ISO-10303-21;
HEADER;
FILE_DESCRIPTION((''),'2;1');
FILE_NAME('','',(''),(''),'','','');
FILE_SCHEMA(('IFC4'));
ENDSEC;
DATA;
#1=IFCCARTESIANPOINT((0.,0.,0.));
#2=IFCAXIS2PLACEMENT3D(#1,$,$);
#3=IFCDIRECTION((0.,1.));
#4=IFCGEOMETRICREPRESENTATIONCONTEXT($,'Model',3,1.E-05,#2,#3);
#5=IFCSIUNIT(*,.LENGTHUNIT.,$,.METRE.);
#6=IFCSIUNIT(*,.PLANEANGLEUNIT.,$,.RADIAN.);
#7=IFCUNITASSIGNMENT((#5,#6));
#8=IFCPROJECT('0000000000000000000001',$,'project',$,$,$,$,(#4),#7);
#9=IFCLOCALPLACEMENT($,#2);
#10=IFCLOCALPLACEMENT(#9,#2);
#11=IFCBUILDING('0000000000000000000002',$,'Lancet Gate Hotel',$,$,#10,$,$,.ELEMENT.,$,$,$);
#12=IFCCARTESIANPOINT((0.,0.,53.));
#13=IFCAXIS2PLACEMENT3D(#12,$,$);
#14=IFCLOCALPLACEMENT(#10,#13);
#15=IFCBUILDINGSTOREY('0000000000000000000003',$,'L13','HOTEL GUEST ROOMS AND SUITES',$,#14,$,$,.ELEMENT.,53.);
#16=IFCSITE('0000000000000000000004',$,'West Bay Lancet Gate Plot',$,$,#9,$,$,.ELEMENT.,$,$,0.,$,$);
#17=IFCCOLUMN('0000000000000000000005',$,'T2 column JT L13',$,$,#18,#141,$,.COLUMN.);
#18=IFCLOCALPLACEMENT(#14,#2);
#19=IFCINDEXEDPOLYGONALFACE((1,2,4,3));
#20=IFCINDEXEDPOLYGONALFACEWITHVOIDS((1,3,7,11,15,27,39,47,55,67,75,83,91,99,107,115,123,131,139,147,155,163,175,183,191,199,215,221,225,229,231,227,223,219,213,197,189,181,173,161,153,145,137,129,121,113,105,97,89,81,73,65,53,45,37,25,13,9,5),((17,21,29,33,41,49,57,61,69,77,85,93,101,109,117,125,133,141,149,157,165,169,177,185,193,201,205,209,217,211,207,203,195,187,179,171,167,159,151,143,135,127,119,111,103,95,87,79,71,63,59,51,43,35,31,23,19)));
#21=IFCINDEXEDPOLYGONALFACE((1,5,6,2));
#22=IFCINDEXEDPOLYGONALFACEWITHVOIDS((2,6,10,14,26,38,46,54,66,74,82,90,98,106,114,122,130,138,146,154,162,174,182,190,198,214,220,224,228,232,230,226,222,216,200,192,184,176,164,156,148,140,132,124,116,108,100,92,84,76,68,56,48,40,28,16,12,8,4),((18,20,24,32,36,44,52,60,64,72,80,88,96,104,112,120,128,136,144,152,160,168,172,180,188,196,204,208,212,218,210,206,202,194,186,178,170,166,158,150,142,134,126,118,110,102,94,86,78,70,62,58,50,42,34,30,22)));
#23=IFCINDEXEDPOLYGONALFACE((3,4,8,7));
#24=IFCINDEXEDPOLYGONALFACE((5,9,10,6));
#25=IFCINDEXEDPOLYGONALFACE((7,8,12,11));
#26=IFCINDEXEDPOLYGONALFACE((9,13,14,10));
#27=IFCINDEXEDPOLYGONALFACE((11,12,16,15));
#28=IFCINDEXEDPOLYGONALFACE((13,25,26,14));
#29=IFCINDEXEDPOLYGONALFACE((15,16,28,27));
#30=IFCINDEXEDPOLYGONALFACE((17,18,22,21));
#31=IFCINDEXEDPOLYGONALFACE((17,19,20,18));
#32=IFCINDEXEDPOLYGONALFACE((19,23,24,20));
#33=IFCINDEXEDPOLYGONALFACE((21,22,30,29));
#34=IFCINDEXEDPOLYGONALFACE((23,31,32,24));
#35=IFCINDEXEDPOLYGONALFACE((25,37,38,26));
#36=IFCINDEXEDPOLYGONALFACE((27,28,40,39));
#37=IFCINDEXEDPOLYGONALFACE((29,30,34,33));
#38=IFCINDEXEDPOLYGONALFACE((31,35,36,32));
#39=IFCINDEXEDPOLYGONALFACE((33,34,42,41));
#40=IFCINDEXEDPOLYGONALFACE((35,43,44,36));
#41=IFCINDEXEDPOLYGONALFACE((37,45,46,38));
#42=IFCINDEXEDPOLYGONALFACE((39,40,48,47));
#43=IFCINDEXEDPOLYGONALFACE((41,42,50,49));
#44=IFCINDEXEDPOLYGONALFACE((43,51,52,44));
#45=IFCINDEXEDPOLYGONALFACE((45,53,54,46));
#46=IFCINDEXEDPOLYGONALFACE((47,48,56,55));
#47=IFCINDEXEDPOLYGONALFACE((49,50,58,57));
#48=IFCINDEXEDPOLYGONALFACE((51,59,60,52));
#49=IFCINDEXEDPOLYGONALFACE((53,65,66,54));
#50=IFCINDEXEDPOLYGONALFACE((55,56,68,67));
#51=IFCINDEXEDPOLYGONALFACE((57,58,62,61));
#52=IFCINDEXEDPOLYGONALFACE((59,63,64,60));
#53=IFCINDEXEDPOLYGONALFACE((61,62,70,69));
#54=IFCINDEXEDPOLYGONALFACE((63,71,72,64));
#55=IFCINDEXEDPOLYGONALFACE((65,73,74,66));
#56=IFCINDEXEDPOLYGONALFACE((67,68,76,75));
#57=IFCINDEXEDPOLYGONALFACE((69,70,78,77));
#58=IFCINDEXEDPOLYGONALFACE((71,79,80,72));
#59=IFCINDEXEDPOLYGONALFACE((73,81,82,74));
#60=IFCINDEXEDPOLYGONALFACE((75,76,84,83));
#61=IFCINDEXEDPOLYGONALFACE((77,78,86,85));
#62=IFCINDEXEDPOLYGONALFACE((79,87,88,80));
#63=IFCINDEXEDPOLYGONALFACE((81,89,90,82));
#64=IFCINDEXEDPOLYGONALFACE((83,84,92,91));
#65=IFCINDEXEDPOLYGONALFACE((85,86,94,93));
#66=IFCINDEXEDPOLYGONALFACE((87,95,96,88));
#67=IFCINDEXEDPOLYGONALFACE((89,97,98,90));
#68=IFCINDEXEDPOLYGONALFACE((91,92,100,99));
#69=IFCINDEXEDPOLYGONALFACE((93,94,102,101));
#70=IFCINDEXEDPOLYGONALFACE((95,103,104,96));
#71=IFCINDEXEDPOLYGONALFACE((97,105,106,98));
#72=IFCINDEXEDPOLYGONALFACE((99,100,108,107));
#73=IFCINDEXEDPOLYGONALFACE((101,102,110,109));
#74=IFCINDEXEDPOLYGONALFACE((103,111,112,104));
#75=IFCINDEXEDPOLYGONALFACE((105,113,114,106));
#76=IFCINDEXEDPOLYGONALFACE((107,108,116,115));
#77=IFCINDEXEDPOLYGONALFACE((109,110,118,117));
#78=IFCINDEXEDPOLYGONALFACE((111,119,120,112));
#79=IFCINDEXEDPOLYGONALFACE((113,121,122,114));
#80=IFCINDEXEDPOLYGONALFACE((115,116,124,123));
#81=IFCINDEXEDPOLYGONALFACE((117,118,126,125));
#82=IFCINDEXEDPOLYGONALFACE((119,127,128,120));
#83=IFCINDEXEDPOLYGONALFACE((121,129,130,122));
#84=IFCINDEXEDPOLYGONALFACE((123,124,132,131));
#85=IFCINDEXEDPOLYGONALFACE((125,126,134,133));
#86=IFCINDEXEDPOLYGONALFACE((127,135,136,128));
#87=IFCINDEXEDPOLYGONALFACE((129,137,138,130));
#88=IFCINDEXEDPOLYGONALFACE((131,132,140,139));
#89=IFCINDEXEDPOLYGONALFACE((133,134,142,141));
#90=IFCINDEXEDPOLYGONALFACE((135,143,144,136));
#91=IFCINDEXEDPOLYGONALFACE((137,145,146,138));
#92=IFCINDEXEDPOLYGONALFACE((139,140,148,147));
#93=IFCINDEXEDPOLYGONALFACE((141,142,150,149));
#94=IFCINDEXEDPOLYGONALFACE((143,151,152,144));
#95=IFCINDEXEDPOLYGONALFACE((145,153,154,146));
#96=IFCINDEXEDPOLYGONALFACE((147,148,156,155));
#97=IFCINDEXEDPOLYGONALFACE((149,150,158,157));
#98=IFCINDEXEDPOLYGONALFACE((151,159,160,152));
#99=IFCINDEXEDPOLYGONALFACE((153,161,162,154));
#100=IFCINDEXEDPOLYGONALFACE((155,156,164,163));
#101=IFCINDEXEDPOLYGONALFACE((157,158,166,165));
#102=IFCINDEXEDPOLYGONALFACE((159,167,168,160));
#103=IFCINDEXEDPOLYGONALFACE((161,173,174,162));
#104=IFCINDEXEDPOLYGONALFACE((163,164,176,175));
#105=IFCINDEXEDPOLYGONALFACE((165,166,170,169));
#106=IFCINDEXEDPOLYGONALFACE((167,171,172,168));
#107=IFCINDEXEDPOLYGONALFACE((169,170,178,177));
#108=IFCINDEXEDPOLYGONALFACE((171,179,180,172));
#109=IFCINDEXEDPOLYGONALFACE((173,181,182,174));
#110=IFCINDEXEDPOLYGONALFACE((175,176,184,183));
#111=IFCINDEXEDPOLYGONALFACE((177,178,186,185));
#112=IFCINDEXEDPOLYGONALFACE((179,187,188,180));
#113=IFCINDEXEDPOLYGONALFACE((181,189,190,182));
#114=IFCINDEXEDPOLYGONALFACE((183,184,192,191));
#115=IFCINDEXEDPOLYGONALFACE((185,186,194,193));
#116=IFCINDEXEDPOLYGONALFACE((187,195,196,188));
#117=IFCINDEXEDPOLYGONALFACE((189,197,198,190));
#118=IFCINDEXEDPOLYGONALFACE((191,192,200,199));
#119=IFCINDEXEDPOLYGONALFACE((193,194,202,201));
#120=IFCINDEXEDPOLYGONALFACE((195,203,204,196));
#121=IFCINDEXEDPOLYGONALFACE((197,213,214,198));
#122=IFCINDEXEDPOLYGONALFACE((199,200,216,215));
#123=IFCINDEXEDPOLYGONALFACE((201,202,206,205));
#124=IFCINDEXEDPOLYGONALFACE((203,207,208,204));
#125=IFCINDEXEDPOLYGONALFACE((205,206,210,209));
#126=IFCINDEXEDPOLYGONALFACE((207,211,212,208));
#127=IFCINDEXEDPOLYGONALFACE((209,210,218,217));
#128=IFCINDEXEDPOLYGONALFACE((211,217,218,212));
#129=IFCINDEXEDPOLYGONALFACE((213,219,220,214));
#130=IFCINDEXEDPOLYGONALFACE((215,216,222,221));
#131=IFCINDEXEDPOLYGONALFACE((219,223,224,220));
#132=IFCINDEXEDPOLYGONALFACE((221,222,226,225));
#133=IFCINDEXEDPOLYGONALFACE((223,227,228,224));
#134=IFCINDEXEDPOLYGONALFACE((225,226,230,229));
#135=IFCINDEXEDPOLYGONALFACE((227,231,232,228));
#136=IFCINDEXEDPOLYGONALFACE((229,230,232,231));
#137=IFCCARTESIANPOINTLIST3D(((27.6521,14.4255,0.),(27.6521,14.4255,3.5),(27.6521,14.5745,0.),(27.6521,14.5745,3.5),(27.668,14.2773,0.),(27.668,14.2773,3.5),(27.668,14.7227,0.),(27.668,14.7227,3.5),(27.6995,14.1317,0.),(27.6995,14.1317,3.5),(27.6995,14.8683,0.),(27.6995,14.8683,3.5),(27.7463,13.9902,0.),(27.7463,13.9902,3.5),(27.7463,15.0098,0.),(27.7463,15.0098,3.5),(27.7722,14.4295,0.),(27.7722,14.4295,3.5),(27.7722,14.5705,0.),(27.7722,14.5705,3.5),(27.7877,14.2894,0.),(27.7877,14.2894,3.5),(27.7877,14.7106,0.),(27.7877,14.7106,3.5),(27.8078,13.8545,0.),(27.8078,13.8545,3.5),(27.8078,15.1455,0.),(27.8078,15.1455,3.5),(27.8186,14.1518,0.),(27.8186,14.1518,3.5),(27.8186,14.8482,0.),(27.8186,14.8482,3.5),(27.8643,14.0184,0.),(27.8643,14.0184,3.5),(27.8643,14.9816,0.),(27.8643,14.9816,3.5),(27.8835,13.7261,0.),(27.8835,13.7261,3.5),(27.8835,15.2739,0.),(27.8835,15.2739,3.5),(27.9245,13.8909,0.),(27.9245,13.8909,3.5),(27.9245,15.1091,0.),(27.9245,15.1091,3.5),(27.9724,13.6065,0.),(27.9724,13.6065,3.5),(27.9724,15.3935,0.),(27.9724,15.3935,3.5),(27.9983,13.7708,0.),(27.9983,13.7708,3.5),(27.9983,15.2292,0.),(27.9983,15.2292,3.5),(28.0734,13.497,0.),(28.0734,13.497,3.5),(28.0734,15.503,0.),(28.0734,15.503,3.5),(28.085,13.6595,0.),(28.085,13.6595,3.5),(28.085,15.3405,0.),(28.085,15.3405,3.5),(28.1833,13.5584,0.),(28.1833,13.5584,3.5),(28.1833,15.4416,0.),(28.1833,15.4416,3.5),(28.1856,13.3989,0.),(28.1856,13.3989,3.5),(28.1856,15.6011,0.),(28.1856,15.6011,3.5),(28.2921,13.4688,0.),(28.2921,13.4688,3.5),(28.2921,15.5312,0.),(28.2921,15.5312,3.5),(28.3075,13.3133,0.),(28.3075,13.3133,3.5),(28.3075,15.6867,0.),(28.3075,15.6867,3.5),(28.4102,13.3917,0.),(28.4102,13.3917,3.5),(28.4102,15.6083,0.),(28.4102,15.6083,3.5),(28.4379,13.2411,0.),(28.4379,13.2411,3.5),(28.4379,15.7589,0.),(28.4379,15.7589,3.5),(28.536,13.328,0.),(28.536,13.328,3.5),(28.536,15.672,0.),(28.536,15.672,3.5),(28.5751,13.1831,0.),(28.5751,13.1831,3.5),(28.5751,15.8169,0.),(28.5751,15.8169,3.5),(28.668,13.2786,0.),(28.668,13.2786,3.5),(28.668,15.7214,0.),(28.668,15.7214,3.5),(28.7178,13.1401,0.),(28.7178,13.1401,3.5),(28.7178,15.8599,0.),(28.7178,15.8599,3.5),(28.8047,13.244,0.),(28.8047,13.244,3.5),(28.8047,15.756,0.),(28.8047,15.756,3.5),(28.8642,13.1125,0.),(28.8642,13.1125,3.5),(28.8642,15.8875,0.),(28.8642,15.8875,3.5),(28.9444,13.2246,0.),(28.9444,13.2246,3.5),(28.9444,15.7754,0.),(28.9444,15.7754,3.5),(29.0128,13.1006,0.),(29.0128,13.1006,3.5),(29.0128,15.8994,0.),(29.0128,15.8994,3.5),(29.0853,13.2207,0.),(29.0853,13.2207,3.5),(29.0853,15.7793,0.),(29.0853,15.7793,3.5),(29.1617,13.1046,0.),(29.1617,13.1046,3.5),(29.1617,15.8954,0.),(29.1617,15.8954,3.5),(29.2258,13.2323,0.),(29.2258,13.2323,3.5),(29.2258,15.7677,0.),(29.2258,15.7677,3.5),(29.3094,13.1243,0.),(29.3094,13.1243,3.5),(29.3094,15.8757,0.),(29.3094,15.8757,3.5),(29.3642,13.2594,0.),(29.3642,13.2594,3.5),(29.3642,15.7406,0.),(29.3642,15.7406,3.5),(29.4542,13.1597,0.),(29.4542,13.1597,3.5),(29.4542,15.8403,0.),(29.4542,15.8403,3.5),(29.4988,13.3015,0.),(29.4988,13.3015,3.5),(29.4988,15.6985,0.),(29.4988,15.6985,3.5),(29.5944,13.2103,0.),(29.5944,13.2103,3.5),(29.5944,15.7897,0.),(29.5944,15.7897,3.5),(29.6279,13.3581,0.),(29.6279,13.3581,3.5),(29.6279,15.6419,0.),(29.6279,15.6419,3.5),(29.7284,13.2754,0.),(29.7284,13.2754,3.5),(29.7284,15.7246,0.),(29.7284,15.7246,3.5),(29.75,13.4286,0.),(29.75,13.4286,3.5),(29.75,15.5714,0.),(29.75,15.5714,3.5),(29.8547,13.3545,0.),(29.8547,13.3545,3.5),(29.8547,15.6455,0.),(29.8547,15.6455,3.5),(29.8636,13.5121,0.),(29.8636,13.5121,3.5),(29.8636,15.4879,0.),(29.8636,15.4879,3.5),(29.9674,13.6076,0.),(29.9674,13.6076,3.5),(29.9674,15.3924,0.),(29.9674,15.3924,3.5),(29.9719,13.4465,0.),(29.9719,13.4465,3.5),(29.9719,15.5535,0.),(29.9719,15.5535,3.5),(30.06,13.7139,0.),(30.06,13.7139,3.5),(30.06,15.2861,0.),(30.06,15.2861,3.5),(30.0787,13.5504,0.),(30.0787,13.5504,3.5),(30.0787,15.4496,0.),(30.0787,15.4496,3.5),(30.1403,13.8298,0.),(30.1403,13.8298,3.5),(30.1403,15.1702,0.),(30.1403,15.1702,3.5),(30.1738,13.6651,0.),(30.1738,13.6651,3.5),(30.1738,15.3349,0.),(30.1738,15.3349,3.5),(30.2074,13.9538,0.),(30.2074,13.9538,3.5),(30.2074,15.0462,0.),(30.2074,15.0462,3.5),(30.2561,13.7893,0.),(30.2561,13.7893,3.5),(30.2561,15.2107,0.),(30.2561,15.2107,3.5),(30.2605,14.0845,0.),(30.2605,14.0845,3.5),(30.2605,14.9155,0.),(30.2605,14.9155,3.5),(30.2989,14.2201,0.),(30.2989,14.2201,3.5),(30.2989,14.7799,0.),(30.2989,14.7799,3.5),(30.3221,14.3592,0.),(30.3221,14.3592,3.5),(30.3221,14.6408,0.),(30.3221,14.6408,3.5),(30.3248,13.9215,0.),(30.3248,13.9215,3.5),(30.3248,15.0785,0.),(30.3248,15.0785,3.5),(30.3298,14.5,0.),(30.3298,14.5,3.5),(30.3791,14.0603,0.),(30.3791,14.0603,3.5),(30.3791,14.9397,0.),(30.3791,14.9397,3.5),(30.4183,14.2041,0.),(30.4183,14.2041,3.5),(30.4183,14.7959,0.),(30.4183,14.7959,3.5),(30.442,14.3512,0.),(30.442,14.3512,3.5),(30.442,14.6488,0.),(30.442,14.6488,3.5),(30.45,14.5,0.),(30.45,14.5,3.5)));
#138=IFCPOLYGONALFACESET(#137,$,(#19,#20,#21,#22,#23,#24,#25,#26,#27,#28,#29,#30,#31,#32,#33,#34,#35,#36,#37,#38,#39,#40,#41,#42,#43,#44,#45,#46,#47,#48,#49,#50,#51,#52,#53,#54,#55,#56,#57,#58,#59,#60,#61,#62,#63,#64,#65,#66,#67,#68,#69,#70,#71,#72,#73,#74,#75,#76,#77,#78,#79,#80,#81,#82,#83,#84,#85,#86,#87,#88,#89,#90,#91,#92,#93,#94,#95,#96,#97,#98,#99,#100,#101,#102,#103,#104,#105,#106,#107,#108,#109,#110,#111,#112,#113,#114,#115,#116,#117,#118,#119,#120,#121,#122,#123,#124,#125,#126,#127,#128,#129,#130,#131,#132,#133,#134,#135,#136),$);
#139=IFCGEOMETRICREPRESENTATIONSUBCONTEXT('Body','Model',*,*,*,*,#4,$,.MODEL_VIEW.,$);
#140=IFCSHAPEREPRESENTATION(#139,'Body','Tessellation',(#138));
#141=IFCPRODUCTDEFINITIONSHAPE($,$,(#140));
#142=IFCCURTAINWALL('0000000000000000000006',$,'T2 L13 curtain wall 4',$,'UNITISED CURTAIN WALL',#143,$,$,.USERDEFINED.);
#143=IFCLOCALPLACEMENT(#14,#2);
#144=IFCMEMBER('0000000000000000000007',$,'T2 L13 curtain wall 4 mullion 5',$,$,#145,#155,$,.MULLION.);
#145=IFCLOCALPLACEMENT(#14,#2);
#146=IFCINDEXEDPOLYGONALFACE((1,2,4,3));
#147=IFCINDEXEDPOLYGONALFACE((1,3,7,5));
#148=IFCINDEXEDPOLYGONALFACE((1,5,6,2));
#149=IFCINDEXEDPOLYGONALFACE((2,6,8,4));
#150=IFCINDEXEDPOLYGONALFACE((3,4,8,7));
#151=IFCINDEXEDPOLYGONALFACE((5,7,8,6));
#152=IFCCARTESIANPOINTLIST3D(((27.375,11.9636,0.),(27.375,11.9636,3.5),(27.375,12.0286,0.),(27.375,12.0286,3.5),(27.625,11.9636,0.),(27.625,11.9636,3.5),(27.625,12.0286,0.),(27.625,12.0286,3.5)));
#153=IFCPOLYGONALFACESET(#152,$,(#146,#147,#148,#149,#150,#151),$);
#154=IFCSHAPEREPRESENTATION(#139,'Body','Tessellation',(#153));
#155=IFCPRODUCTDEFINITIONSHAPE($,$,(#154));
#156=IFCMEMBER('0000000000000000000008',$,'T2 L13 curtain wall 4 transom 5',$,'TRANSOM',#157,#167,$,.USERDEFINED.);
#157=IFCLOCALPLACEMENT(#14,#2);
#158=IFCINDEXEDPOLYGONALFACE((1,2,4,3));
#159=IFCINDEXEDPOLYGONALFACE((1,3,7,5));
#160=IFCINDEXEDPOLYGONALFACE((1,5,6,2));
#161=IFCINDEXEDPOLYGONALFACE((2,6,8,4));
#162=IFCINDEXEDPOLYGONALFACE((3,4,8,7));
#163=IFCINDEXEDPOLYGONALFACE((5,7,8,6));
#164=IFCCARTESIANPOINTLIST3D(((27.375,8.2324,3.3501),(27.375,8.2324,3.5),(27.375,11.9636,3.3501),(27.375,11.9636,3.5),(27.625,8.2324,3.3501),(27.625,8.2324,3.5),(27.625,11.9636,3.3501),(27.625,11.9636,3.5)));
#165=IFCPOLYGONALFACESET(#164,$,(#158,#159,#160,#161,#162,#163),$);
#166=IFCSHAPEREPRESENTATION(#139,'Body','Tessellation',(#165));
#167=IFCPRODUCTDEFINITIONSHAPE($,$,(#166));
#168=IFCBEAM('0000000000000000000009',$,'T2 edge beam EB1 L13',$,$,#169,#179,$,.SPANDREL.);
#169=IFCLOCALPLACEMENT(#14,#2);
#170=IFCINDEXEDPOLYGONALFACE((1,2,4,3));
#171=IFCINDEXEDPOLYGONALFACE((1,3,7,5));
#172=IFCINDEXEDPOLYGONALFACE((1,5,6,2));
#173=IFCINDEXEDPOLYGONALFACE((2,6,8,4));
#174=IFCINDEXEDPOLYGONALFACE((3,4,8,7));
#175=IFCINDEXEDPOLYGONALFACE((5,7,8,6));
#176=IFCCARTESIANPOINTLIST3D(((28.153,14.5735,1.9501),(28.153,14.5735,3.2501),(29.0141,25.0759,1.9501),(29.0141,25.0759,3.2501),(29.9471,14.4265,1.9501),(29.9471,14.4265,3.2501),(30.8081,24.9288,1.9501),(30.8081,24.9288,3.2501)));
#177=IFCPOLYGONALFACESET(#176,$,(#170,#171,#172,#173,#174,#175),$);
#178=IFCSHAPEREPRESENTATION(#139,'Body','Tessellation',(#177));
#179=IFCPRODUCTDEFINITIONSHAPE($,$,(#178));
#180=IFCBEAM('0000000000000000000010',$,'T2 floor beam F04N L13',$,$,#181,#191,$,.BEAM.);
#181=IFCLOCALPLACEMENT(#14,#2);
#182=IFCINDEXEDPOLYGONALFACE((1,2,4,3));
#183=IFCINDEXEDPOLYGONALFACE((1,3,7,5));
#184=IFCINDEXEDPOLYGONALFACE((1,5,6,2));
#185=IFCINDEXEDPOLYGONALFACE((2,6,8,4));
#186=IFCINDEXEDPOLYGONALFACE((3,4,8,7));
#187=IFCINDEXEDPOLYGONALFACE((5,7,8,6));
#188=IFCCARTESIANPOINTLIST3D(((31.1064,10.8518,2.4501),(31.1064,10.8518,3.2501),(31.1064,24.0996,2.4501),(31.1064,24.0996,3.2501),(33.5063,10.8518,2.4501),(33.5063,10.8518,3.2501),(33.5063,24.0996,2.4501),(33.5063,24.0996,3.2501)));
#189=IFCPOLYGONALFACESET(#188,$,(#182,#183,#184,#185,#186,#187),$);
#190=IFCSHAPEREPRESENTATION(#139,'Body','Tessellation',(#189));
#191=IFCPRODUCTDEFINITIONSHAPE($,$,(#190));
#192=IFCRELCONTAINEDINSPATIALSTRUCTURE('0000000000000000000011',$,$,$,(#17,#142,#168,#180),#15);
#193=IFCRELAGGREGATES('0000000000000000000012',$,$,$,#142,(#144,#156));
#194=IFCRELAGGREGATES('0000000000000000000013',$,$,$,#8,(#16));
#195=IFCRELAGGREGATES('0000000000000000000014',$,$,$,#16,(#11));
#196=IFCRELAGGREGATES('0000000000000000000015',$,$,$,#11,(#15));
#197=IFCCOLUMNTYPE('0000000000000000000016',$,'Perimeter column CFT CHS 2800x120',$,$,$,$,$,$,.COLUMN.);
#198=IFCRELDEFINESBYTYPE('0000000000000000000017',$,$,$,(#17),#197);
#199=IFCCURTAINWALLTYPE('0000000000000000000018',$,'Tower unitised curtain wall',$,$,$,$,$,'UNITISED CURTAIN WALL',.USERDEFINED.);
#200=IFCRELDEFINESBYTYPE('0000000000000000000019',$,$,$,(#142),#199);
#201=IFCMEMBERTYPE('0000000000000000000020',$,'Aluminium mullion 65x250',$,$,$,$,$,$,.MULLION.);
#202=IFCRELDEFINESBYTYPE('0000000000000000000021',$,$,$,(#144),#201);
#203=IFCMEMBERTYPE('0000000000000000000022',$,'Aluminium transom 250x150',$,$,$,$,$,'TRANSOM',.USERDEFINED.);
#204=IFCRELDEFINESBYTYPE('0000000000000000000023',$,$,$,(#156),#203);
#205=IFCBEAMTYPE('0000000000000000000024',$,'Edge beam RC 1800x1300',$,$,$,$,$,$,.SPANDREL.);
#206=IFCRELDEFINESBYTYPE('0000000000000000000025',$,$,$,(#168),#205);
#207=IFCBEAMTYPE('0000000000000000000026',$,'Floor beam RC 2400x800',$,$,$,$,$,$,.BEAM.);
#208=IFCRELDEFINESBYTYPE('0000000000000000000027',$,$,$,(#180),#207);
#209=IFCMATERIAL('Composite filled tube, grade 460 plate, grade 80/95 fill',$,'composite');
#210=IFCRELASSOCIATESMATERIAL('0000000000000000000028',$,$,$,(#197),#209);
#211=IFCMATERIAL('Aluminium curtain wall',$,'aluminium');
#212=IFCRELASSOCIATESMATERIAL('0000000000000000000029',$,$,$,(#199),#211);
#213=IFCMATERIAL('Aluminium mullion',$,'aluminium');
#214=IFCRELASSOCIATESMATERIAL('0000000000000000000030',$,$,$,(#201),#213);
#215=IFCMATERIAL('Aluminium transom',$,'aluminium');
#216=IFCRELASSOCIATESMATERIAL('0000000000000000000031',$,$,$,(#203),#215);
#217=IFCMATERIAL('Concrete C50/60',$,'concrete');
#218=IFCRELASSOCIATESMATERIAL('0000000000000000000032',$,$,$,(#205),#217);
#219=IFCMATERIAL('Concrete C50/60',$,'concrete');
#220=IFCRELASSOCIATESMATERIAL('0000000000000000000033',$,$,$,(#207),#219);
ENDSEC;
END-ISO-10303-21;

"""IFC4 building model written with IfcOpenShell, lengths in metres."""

from ifc_helpers import new_model, si_unit, direction, frame, origin, origin_2d, place, context, subcontext, project, spatial, rectangle, hollow_circle, extrude, material, material_profile, profile_set, type_object, element, aggregate, save


model = new_model("IFC4")

# Units and contexts
model_context = context("Model", 3, precision=1e-05, world=origin(), true_north=direction((0.0, 1.0)))
body_context = subcontext(model_context, "Body", "Model", "MODEL_VIEW")
ifc_project = project(units=[si_unit("LENGTHUNIT", "METRE"), si_unit("PLANEANGLEUNIT", "RADIAN")], contexts=[model_context])

# Site, building, storey
site_placement = place(None, origin())
site = spatial("IfcSite", under=ifc_project, at=site_placement, Name="West Bay Lancet Gate Plot", CompositionType="ELEMENT", RefElevation=0.0)
building_placement = place(site_placement, origin())
building = spatial("IfcBuilding", under=site, at=building_placement, Name="Lancet Gate Hotel", CompositionType="ELEMENT")
storey_placement = place(building_placement, frame((0.0, 0.0, 53.0)))
storey = spatial("IfcBuildingStorey", under=building, at=storey_placement, Name="L13", Description="HOTEL GUEST ROOMS AND SUITES", CompositionType="ELEMENT", Elevation=53.0)

# Column
ifc_material_1 = material(Name="Composite filled tube, grade 460 plate, grade 80/95 fill", Category="composite")
ifc_material_profile_1 = material_profile(ifc_material_1, hollow_circle(Radius=1.3999, WallThickness=0.1201, at=origin_2d()), Name="CHS 2800x120")
ifc_profile_set_1 = profile_set([ifc_material_profile_1], Name="Composite filled tube, grade 460 plate, grade 80/95 fill")
column_type = type_object("IfcColumnType", Name="Perimeter column CFT CHS 2800x120", PredefinedType="COLUMN", material=ifc_profile_set_1)
for number, where, z_axis, x_axis, name in (
    (1, (29.05, 14.5, 0.0), (0.0, 0.0, 1.0), (1.0, 0.0, 0.0), "T2 column JT L13"),
):
    element("IfcColumn", number, at=place(storey_placement, frame(where, z_axis=z_axis, x_axis=x_axis)), inside=storey, type_object=column_type, Name=name, PredefinedType="COLUMN", context=body_context, shape_type="SweptSolid", body=[
        extrude(hollow_circle(Radius=1.3999, WallThickness=0.1201, at=origin_2d()), origin(), (0.0, 0.0, 1.0), 3.5),
    ])

# Curtain wall, members
ifc_material_2 = material(Name="Aluminium curtain wall", Category="aluminium")
curtain_wall_type = type_object("IfcCurtainWallType", Name="Tower unitised curtain wall", ElementType="UNITISED CURTAIN WALL", PredefinedType="USERDEFINED", material=ifc_material_2)
curtain_wall_placement = place(storey_placement, origin())
curtain_wall = element("IfcCurtainWall", 2, at=curtain_wall_placement, inside=storey, type_object=curtain_wall_type, Name="T2 L13 curtain wall 4", ObjectType="UNITISED CURTAIN WALL", PredefinedType="USERDEFINED")
ifc_material_3 = material(Name="Aluminium mullion", Category="aluminium")
ifc_material_profile_2 = material_profile(ifc_material_3, rectangle(XDim=0.0649, YDim=0.25, at=origin_2d()), Name="MULLION 65x250")
ifc_profile_set_2 = profile_set([ifc_material_profile_2], Name="Aluminium mullion")
member_type_1 = type_object("IfcMemberType", Name="Aluminium mullion 65x250", PredefinedType="MULLION", material=ifc_profile_set_2)
member_1_placement = place(storey_placement, frame((27.5, 11.9961, 0.0), z_axis=(0.0, 0.0, 1.0), x_axis=(0.0, -1.0, 0.0)))
member_1 = element("IfcMember", 3, at=member_1_placement, type_object=member_type_1, Name="T2 L13 curtain wall 4 mullion 5", PredefinedType="MULLION", context=body_context, shape_type="SweptSolid", body=[
    extrude(rectangle(XDim=0.0649, YDim=0.25, at=origin_2d()), origin(), (0.0, 0.0, 1.0), 3.5),
])
ifc_material_4 = material(Name="Aluminium transom", Category="aluminium")
ifc_material_profile_3 = material_profile(ifc_material_4, rectangle(XDim=0.25, YDim=0.1499, at=origin_2d()), Name="TRANSOM 250x150")
ifc_profile_set_3 = profile_set([ifc_material_profile_3], Name="Aluminium transom")
member_type_2 = type_object("IfcMemberType", Name="Aluminium transom 250x150", ElementType="TRANSOM", PredefinedType="USERDEFINED", material=ifc_profile_set_3)
member_2_placement = place(storey_placement, frame((27.5, 11.9636, 3.425), z_axis=(0.0, -1.0, 0.0), x_axis=(1.0, 0.0, 0.0)))
member_2 = element("IfcMember", 4, at=member_2_placement, type_object=member_type_2, Name="T2 L13 curtain wall 4 transom 5", ObjectType="TRANSOM", PredefinedType="USERDEFINED", context=body_context, shape_type="SweptSolid", body=[
    extrude(rectangle(XDim=0.25, YDim=0.1499, at=origin_2d()), origin(), (0.0, 0.0, 1.0), 3.7312),
])

# Beams
ifc_material_5 = material(Name="Concrete C50/60", Category="concrete")
ifc_material_profile_4 = material_profile(ifc_material_5, rectangle(XDim=1.8, YDim=1.3, at=origin_2d()), Name="RC 1800x1300")
ifc_profile_set_4 = profile_set([ifc_material_profile_4], Name="Concrete C50/60")
beam_type_1 = type_object("IfcBeamType", Name="Edge beam RC 1800x1300", PredefinedType="SPANDREL", material=ifc_profile_set_4)
beam_1_placement = place(storey_placement, frame((29.05, 14.5, 2.6001), z_axis=(0.081715, 0.996656, 0.0), x_axis=(-0.996656, 0.081715, 0.0)))
element("IfcBeam", 5, at=beam_1_placement, inside=storey, type_object=beam_type_1, Name="T2 edge beam EB1 L13", PredefinedType="SPANDREL", context=body_context, shape_type="SweptSolid", body=[
    extrude(rectangle(XDim=1.8, YDim=1.3, at=origin_2d()), origin(), (0.0, 0.0, 1.0), 10.5376),
])
ifc_material_6 = material(Name="Concrete C50/60", Category="concrete")
ifc_material_profile_5 = material_profile(ifc_material_6, rectangle(XDim=2.3999, YDim=0.8, at=origin_2d()), Name="RC 2400x800")
ifc_profile_set_5 = profile_set([ifc_material_profile_5], Name="Concrete C50/60")
beam_type_2 = type_object("IfcBeamType", Name="Floor beam RC 2400x800", PredefinedType="BEAM", material=ifc_profile_set_5)
beam_2_placement = place(storey_placement, frame((32.3064, 10.8518, 2.8501), z_axis=(0.0, 1.0, 0.0), x_axis=(-1.0, 0.0, 0.0)))
element("IfcBeam", 6, at=beam_2_placement, inside=storey, type_object=beam_type_2, Name="T2 floor beam F04N L13", PredefinedType="BEAM", context=body_context, shape_type="SweptSolid", body=[
    extrude(rectangle(XDim=2.3999, YDim=0.8, at=origin_2d()), origin(), (0.0, 0.0, 1.0), 13.2478),
])

aggregate(curtain_wall, [member_1, member_2])

save(model, "model.ifc")
